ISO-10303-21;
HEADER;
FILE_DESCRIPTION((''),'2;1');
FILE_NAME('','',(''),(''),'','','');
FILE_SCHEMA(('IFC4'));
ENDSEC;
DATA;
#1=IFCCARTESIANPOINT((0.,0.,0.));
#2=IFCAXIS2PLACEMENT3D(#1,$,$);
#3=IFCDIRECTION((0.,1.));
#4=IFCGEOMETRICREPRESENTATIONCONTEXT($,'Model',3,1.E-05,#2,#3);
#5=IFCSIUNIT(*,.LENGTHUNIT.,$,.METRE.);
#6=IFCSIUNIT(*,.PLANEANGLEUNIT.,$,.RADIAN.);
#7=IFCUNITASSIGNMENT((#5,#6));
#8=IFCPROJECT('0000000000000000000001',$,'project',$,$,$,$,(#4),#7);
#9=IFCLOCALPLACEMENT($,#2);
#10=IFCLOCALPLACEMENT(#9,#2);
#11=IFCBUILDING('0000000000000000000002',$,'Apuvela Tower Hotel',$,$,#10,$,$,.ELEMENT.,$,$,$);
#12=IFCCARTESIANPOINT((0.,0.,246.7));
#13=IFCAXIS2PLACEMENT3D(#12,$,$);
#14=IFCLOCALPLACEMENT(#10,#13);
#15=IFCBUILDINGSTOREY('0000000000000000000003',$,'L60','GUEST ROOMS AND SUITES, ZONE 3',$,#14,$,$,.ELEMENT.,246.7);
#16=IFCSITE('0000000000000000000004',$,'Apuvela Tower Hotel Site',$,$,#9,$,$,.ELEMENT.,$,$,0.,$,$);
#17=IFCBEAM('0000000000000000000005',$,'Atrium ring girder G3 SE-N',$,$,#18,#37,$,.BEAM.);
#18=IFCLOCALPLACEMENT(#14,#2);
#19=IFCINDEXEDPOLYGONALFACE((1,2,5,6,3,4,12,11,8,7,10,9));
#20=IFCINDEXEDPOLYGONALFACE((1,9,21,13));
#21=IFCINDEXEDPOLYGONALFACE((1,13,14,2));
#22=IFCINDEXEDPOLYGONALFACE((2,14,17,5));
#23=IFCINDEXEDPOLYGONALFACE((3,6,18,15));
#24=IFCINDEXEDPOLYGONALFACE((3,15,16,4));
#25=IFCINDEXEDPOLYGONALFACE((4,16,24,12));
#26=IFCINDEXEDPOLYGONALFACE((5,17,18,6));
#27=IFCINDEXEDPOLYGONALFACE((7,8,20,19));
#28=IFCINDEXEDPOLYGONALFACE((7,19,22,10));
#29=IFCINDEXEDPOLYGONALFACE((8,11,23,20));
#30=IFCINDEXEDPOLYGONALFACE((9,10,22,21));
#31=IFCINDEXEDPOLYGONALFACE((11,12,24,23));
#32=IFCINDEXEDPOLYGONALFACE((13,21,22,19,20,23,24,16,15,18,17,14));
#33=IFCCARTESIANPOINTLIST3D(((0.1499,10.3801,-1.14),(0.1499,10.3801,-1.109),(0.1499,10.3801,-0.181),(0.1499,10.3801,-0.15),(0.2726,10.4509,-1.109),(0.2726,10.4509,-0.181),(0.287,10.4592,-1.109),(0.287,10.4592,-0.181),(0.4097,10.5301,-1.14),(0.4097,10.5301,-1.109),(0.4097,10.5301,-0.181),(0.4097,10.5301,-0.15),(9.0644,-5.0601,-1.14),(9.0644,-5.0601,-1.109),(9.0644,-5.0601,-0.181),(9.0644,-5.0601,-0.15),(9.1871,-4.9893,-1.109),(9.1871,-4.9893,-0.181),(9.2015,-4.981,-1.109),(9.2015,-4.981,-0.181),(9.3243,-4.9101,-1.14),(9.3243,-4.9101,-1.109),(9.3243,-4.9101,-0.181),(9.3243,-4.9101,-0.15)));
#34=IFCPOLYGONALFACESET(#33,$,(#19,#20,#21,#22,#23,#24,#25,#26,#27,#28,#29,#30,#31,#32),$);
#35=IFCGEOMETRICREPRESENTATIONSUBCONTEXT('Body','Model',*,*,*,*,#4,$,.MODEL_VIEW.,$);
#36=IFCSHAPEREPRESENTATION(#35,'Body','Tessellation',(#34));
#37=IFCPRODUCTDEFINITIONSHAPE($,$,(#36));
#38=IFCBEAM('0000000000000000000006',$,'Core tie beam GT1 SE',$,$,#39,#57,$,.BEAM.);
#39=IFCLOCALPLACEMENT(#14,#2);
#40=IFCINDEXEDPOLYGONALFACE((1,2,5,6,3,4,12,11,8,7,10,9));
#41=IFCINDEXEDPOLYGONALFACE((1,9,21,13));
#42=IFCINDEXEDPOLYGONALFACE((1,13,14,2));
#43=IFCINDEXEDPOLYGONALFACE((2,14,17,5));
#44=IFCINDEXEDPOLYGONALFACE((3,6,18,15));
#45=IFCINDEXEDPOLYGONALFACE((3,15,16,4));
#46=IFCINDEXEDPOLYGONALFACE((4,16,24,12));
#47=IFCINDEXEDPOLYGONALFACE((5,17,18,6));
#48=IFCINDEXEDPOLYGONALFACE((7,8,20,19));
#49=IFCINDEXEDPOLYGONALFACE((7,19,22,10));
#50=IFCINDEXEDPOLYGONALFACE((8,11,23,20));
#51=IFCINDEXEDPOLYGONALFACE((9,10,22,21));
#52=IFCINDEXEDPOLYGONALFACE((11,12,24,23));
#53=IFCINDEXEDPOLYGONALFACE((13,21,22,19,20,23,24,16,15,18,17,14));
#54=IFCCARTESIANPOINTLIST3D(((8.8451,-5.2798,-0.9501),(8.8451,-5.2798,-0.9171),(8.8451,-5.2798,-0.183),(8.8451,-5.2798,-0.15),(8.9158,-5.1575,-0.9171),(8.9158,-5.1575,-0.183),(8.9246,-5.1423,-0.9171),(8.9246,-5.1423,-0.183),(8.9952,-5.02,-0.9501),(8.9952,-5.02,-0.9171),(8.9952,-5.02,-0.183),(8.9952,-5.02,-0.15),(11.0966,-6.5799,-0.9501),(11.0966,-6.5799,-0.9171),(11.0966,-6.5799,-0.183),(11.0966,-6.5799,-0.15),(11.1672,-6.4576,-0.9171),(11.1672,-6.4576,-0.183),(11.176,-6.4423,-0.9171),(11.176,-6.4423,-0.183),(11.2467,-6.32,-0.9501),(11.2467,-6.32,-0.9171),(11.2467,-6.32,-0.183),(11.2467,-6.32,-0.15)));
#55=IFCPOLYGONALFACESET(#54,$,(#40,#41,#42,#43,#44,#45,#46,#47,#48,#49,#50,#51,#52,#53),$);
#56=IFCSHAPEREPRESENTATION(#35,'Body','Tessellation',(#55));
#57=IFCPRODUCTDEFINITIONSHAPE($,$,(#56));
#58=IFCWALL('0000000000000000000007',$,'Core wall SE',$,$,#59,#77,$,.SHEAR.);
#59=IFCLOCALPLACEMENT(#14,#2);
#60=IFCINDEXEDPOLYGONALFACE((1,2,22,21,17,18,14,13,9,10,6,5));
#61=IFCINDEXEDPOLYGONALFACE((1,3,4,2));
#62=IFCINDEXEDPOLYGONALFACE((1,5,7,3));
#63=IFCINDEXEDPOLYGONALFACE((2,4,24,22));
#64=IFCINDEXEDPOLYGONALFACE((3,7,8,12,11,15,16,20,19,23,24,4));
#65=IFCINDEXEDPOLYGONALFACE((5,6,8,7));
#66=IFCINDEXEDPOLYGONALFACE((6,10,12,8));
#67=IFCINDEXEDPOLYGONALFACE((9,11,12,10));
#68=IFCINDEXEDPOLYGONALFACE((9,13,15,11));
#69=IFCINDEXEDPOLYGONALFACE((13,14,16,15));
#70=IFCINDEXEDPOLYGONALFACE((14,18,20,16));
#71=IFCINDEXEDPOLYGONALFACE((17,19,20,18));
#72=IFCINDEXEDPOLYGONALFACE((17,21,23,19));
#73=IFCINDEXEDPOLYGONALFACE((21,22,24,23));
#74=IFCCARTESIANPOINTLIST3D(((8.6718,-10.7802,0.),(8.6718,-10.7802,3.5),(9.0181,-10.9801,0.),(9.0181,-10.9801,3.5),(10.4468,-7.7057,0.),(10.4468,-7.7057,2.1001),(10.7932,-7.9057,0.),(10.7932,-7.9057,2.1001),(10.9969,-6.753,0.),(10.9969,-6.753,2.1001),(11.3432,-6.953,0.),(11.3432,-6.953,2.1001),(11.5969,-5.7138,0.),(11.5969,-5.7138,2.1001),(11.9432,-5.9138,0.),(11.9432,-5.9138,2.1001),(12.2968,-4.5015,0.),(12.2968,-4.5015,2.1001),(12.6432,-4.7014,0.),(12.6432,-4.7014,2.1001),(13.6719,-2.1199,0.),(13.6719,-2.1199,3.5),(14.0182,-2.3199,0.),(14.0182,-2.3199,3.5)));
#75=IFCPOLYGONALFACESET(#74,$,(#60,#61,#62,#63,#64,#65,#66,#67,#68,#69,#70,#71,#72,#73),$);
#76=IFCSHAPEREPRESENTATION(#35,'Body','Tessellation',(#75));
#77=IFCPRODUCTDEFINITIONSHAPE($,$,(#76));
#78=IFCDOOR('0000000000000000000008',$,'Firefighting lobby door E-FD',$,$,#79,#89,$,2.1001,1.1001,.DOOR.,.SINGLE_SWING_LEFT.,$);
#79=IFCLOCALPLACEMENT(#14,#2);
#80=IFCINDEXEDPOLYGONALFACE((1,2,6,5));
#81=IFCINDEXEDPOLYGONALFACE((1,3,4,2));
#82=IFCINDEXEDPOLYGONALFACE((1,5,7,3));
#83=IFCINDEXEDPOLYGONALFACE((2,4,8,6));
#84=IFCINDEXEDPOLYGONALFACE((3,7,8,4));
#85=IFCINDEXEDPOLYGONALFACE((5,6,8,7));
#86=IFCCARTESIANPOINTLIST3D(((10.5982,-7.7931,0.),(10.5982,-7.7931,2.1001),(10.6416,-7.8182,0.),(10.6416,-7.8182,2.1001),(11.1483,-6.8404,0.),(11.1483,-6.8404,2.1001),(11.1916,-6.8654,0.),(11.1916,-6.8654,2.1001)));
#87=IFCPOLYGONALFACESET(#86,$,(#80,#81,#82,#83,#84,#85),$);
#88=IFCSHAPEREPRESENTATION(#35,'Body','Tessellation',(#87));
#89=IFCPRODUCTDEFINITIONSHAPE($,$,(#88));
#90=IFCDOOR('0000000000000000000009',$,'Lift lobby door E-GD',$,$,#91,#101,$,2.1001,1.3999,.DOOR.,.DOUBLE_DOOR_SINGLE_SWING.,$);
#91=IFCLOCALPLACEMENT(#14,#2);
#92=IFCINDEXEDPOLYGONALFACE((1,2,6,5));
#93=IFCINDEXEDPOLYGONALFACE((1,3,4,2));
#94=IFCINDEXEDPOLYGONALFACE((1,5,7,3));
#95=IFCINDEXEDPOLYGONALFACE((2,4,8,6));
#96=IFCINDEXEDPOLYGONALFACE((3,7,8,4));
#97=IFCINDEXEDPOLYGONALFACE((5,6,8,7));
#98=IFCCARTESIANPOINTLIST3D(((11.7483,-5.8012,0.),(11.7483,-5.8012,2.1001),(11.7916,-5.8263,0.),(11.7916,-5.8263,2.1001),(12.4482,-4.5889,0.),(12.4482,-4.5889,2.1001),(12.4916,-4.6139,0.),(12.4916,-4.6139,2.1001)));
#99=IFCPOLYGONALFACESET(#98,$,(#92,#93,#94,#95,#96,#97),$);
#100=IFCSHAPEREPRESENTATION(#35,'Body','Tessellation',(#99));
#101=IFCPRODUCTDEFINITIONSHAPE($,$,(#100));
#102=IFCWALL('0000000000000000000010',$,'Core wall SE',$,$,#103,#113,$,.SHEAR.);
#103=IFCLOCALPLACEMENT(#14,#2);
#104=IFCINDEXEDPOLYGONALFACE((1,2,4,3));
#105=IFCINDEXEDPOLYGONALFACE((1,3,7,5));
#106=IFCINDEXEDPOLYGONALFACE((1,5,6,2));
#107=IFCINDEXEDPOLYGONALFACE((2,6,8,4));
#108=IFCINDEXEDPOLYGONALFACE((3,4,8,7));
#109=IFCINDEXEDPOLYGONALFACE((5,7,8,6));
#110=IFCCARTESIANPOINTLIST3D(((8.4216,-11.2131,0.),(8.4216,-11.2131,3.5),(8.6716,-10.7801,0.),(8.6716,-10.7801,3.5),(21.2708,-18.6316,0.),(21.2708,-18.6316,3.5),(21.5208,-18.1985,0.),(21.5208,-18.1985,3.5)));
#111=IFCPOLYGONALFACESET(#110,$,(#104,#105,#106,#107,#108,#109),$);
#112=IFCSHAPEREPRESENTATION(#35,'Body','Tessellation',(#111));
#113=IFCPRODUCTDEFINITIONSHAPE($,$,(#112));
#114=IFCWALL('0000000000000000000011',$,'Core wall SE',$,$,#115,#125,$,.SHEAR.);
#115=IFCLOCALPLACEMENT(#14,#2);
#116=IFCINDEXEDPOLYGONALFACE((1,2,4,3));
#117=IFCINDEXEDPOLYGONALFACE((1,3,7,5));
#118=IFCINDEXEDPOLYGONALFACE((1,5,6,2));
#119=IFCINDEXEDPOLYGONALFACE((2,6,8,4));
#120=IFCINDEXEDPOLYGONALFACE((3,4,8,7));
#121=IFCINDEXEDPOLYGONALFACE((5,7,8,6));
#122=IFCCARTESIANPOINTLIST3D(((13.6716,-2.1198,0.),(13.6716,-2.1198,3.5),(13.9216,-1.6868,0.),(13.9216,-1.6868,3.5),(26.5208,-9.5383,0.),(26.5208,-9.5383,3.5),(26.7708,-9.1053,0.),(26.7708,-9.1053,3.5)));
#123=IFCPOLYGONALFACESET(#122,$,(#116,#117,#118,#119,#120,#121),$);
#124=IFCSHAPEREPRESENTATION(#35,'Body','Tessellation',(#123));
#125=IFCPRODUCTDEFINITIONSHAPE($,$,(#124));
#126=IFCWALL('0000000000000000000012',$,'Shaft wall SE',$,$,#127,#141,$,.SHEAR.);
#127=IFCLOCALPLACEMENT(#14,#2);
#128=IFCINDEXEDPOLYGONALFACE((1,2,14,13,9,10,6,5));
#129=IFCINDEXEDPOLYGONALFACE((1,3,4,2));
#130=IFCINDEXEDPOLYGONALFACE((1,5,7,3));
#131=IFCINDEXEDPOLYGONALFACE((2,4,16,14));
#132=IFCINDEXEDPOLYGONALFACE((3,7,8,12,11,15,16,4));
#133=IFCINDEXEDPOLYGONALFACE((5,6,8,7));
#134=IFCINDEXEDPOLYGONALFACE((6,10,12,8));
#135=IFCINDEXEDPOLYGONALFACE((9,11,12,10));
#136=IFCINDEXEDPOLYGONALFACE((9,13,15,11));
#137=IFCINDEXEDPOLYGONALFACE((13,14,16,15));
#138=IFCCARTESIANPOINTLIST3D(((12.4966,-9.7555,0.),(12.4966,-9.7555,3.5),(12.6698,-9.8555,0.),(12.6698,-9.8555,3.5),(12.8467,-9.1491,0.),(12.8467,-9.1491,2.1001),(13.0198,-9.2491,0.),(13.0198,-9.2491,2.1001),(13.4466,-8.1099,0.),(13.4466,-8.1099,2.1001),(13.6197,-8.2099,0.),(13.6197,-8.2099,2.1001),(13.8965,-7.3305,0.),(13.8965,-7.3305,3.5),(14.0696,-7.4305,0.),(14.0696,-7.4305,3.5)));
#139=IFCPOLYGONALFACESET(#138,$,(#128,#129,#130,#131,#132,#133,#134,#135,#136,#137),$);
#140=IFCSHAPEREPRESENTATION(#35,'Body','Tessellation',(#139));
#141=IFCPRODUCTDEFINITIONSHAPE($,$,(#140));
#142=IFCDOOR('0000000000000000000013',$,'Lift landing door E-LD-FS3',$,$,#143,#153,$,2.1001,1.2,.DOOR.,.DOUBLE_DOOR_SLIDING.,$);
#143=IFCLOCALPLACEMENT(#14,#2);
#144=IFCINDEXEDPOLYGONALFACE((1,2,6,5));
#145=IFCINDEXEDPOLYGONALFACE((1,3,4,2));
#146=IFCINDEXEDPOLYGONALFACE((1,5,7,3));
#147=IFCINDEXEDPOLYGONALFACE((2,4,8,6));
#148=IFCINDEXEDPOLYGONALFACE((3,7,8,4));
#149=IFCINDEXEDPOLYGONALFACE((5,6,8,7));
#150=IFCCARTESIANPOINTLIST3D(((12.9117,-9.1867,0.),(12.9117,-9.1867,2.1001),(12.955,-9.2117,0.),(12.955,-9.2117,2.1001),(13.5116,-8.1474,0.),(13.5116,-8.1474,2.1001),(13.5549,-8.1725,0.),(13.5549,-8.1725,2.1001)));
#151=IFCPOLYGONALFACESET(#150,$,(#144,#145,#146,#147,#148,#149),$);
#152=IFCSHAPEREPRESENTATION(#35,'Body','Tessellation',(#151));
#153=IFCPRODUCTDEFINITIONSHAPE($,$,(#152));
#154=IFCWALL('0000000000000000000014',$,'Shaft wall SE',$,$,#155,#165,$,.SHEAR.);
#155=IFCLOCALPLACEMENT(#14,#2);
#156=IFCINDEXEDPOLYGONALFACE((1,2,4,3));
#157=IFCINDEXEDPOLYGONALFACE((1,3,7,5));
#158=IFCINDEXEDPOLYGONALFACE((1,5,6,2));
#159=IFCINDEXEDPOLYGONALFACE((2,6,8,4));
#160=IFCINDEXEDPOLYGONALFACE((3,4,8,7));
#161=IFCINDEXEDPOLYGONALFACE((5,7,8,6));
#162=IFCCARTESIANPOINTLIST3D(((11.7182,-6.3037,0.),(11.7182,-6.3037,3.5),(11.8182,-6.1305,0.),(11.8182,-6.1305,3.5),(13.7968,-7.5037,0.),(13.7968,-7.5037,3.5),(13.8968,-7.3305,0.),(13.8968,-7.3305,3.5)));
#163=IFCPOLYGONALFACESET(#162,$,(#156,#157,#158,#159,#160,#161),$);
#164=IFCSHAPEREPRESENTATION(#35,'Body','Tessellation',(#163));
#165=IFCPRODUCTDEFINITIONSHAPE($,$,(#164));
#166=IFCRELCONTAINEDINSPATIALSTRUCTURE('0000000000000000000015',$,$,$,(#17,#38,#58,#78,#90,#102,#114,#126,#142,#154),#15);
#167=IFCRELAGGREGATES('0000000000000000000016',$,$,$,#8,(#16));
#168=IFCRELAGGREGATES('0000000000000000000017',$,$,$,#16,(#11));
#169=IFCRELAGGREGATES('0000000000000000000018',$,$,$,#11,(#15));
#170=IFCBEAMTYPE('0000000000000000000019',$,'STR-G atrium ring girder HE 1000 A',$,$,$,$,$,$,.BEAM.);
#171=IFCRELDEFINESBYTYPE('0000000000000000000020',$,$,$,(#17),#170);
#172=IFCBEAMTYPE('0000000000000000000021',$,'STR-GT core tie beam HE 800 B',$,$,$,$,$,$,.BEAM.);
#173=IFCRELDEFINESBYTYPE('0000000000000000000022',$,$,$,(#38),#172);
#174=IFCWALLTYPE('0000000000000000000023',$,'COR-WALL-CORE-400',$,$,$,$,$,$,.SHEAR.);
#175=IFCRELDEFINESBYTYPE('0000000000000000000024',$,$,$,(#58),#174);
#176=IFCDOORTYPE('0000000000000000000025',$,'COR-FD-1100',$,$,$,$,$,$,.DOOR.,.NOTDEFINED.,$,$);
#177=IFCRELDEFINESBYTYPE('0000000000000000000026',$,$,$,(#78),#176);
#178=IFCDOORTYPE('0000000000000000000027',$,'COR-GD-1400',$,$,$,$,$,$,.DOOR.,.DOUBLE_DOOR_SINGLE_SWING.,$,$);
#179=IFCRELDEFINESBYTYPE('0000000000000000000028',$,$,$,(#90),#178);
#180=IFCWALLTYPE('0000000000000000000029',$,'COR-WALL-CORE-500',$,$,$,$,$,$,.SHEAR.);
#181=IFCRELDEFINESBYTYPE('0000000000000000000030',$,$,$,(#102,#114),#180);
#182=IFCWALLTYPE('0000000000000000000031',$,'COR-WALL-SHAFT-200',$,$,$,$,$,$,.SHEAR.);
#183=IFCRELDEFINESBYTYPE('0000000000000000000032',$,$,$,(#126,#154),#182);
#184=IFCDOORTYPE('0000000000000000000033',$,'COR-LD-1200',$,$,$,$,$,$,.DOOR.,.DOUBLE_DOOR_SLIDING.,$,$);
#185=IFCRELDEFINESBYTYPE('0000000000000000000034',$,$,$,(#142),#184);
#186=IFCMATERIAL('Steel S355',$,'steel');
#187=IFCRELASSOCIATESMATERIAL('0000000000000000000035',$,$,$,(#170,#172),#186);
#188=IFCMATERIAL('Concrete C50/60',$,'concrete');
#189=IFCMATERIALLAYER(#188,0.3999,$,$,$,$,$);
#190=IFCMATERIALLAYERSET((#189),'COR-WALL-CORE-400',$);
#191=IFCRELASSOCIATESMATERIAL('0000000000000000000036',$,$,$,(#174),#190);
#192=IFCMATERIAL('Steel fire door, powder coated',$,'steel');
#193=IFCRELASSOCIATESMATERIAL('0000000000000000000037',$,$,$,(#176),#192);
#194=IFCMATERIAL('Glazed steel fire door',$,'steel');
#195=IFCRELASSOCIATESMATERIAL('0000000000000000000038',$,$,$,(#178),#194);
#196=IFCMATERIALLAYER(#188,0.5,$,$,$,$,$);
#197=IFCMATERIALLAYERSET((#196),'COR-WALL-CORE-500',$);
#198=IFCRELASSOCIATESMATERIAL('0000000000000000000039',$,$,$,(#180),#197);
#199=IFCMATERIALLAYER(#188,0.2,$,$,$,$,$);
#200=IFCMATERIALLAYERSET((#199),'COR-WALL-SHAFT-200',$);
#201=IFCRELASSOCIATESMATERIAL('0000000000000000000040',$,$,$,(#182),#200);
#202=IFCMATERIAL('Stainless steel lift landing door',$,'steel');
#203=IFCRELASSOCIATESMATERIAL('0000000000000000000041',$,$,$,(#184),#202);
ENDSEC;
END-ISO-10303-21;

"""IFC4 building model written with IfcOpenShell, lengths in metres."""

from ifc_helpers import new_model, si_unit, direction, frame, frame_2d, origin, origin_2d, place, context, subcontext, project, spatial, rectangle, i_section, extrude, material, layer, layer_set, material_profile, profile_set, type_object, element, fill, save


model = new_model("IFC4")

# Units and contexts
model_context = context("Model", 3, precision=1e-05, world=origin(), true_north=direction((0.0, 1.0)))
body_context = subcontext(model_context, "Body", "Model", "MODEL_VIEW")
ifc_project = project(units=[si_unit("LENGTHUNIT", "METRE"), si_unit("PLANEANGLEUNIT", "RADIAN")], contexts=[model_context])

# Site, building, storey
site_placement = place(None, origin())
site = spatial("IfcSite", under=ifc_project, at=site_placement, Name="Apuvela Tower Hotel Site", CompositionType="ELEMENT", RefElevation=0.0)
building_placement = place(site_placement, origin())
building = spatial("IfcBuilding", under=site, at=building_placement, Name="Apuvela Tower Hotel", CompositionType="ELEMENT")
storey_placement = place(building_placement, frame((0.0, 0.0, 246.7)))
storey = spatial("IfcBuildingStorey", under=building, at=storey_placement, Name="L60", Description="GUEST ROOMS AND SUITES, ZONE 3", CompositionType="ELEMENT", Elevation=246.7)

# Beams
ifc_material_1 = material(Name="Steel S355", Category="steel")
ifc_material_profile_1 = material_profile(ifc_material_1, i_section(OverallWidth=0.3, OverallDepth=0.99, WebThickness=0.0166, FlangeThickness=0.031, at=origin_2d()), Name="HE 1000 A")
ifc_profile_set_1 = profile_set([ifc_material_profile_1], Name="Steel S355")
beam_type_1 = type_object("IfcBeamType", Name="STR-G atrium ring girder HE 1000 A", PredefinedType="BEAM", material=ifc_profile_set_1)
beam_1_placement = place(storey_placement, frame((9.1943, -4.9851, -0.645), z_axis=(-0.500007, 0.866022, 0.0), x_axis=(-0.866022, -0.500007, 0.0)))
element("IfcBeam", 1, at=beam_1_placement, inside=storey, type_object=beam_type_1, Name="Atrium ring girder G3 SE-N", PredefinedType="BEAM", context=body_context, shape_type="SweptSolid", body=[
    extrude(i_section(OverallWidth=0.3, OverallDepth=0.99, WebThickness=0.0166, FlangeThickness=0.031, at=origin_2d()), origin(), (0.0, 0.0, 1.0), 17.8289),
])
ifc_material_profile_2 = material_profile(ifc_material_1, i_section(OverallWidth=0.3, OverallDepth=0.8, WebThickness=0.0176, FlangeThickness=0.033, at=origin_2d()), Name="HE 800 B")
ifc_profile_set_2 = profile_set([ifc_material_profile_2], Name="Steel S355")
beam_type_2 = type_object("IfcBeamType", Name="STR-GT core tie beam HE 800 B", PredefinedType="BEAM", material=ifc_profile_set_2)
beam_2_placement = place(storey_placement, frame((11.1716, -6.45, -0.55), z_axis=(-0.865998, 0.500048, 0.0), x_axis=(-0.500048, -0.865998, 0.0)))
element("IfcBeam", 2, at=beam_2_placement, inside=storey, type_object=beam_type_2, Name="Core tie beam GT1 SE", PredefinedType="BEAM", context=body_context, shape_type="SweptSolid", body=[
    extrude(i_section(OverallWidth=0.3, OverallDepth=0.8, WebThickness=0.0176, FlangeThickness=0.033, at=origin_2d()), origin(), (0.0, 0.0, 1.0), 2.5999),
])

# Wall, openings, doors
ifc_material_2 = material(Name="Concrete C50/60", Category="concrete")
ifc_layer_1 = layer(ifc_material_2, 0.3999)
ifc_layer_set_1 = layer_set([ifc_layer_1], Name="COR-WALL-CORE-400")
wall_type_1 = type_object("IfcWallType", Name="COR-WALL-CORE-400", PredefinedType="SHEAR", material=ifc_layer_set_1)
wall_1_placement = place(storey_placement, frame((8.845, -10.8801, 0.0), z_axis=(0.0, 0.0, 1.0), x_axis=(0.500004, 0.866023, 0.0)))
wall_1 = element("IfcWall", 3, at=wall_1_placement, inside=storey, type_object=wall_type_1, Name="Core wall SE", PredefinedType="SHEAR", context=body_context, shape_type="SweptSolid", body=[
    extrude(rectangle(XDim=10.0, YDim=0.3999, at=frame_2d((5.0, 0.0))), origin(), (0.0, 0.0, 1.0), 3.5),
])
opening_1_placement = place(wall_1_placement, frame((3.55, 0.0, 0.0)))
opening_1 = element("IfcOpeningElement", 4, at=opening_1_placement, cuts=wall_1, PredefinedType="OPENING", context=body_context, shape_type="SweptSolid", body=[
    extrude(rectangle(XDim=1.1001, YDim=2.1001, at=frame_2d((0.55, 1.05))), frame((0.0, 0.21, 0.0), z_axis=(0.0, -1.0, 0.0), x_axis=(1.0, 0.0, 0.0)), (0.0, 0.0, 1.0), 0.4199),
])
opening_2_placement = place(wall_1_placement, frame((5.8501, 0.0, 0.0)))
opening_2 = element("IfcOpeningElement", 5, at=opening_2_placement, cuts=wall_1, PredefinedType="OPENING", context=body_context, shape_type="SweptSolid", body=[
    extrude(rectangle(XDim=1.3999, YDim=2.1001, at=frame_2d((0.7, 1.05))), frame((0.0, 0.21, 0.0), z_axis=(0.0, -1.0, 0.0), x_axis=(1.0, 0.0, 0.0)), (0.0, 0.0, 1.0), 0.4199),
])
ifc_material_3 = material(Name="Steel fire door, powder coated", Category="steel")
door_type_1 = type_object("IfcDoorType", Name="COR-FD-1100", OperationType="NOTDEFINED", PredefinedType="DOOR", material=ifc_material_3)
door_1_placement = place(opening_1_placement, frame((1.1001, 0.0, 0.0), z_axis=(0.0, 0.0, 1.0), x_axis=(-1.0, 0.0, 0.0)))
door_1 = element("IfcDoor", 6, at=door_1_placement, inside=storey, type_object=door_type_1, Name="Firefighting lobby door E-FD", OperationType="SINGLE_SWING_LEFT", OverallHeight=2.1001, OverallWidth=1.1001, PredefinedType="DOOR", context=body_context, shape_type="SweptSolid", body=[
    extrude(rectangle(XDim=1.1001, YDim=2.1001, at=frame_2d((0.55, 1.05))), frame((0.0, 0.0249, 0.0), z_axis=(0.0, -1.0, 0.0), x_axis=(1.0, 0.0, 0.0)), (0.0, 0.0, 1.0), 0.05),
])
fill(opening_1, door_1)
ifc_material_4 = material(Name="Glazed steel fire door", Category="steel")
door_type_2 = type_object("IfcDoorType", Name="COR-GD-1400", OperationType="DOUBLE_DOOR_SINGLE_SWING", PredefinedType="DOOR", material=ifc_material_4)
door_2_placement = place(opening_2_placement, frame((1.3999, 0.0, 0.0), z_axis=(0.0, 0.0, 1.0), x_axis=(-1.0, 0.0, 0.0)))
door_2 = element("IfcDoor", 7, at=door_2_placement, inside=storey, type_object=door_type_2, Name="Lift lobby door E-GD", OperationType="DOUBLE_DOOR_SINGLE_SWING", OverallHeight=2.1001, OverallWidth=1.3999, PredefinedType="DOOR", context=body_context, shape_type="SweptSolid", body=[
    extrude(rectangle(XDim=1.3999, YDim=2.1001, at=frame_2d((0.7, 1.05))), frame((0.0, 0.0249, 0.0), z_axis=(0.0, -1.0, 0.0), x_axis=(1.0, 0.0, 0.0)), (0.0, 0.0, 1.0), 0.05),
])
fill(opening_2, door_2)

# Walls
ifc_layer_2 = layer(ifc_material_2, 0.5)
ifc_layer_set_2 = layer_set([ifc_layer_2], Name="COR-WALL-CORE-500")
wall_type_2 = type_object("IfcWallType", Name="COR-WALL-CORE-500", PredefinedType="SHEAR", material=ifc_layer_set_2)
for number, where, z_axis, x_axis, name in (
    (8, (8.5466, -10.9966, 0.0), (0.0, 0.0, 1.0), (0.866025, -0.500001, 0.0), "Core wall SE"),
    (9, (13.7966, -1.9033, 0.0), (0.0, 0.0, 1.0), (0.866025, -0.500001, 0.0), "Core wall SE"),
):
    element("IfcWall", number, at=place(storey_placement, frame(where, z_axis=z_axis, x_axis=x_axis)), inside=storey, type_object=wall_type_2, Name=name, PredefinedType="SHEAR", context=body_context, shape_type="SweptSolid", body=[
        extrude(rectangle(XDim=14.8369, YDim=0.5, at=frame_2d((7.4185, 0.0))), origin(), (0.0, 0.0, 1.0), 3.5),
    ])

# Wall, opening, door
ifc_layer_3 = layer(ifc_material_2, 0.2)
ifc_layer_set_3 = layer_set([ifc_layer_3], Name="COR-WALL-SHAFT-200")
wall_type_3 = type_object("IfcWallType", Name="COR-WALL-SHAFT-200", PredefinedType="SHEAR", material=ifc_layer_set_3)
wall_2_placement = place(storey_placement, frame((12.5833, -9.8054, 0.0), z_axis=(0.0, 0.0, 1.0), x_axis=(0.499946, 0.866056, 0.0)))
wall_2 = element("IfcWall", 10, at=wall_2_placement, inside=storey, type_object=wall_type_3, Name="Shaft wall SE", PredefinedType="SHEAR", context=body_context, shape_type="SweptSolid", body=[
    extrude(rectangle(XDim=2.8, YDim=0.2, at=frame_2d((1.3999, 0.0))), origin(), (0.0, 0.0, 1.0), 3.5),
])
opening_3_placement = place(wall_2_placement, frame((0.7, 0.0, 0.0)))
opening_3 = element("IfcOpeningElement", 11, at=opening_3_placement, cuts=wall_2, PredefinedType="OPENING", context=body_context, shape_type="SweptSolid", body=[
    extrude(rectangle(XDim=1.2, YDim=2.1001, at=frame_2d((0.6001, 1.05))), frame((0.0, 0.1099, 0.0), z_axis=(0.0, -1.0, 0.0), x_axis=(1.0, 0.0, 0.0)), (0.0, 0.0, 1.0), 0.22),
])
ifc_material_5 = material(Name="Stainless steel lift landing door", Category="steel")
door_type_3 = type_object("IfcDoorType", Name="COR-LD-1200", OperationType="DOUBLE_DOOR_SLIDING", PredefinedType="DOOR", material=ifc_material_5)
door_3_placement = place(opening_3_placement, origin())
door_3 = element("IfcDoor", 12, at=door_3_placement, inside=storey, type_object=door_type_3, Name="Lift landing door E-LD-FS3", OperationType="DOUBLE_DOOR_SLIDING", OverallHeight=2.1001, OverallWidth=1.2, PredefinedType="DOOR", context=body_context, shape_type="SweptSolid", body=[
    extrude(rectangle(XDim=1.2, YDim=2.1001, at=frame_2d((0.6001, 1.05))), frame((0.0, 0.0249, 0.0), z_axis=(0.0, -1.0, 0.0), x_axis=(1.0, 0.0, 0.0)), (0.0, 0.0, 1.0), 0.05),
])
fill(opening_3, door_3)

# Wall
wall_3_placement = place(storey_placement, frame((11.7681, -6.217, 0.0), z_axis=(0.0, 0.0, 1.0), x_axis=(0.86605, -0.499957, 0.0)))
element("IfcWall", 13, at=wall_3_placement, inside=storey, type_object=wall_type_3, Name="Shaft wall SE", PredefinedType="SHEAR", context=body_context, shape_type="SweptSolid", body=[
    extrude(rectangle(XDim=2.4001, YDim=0.2, at=frame_2d((1.2002, 0.0))), origin(), (0.0, 0.0, 1.0), 3.5),
])

save(model, "model.ifc")
